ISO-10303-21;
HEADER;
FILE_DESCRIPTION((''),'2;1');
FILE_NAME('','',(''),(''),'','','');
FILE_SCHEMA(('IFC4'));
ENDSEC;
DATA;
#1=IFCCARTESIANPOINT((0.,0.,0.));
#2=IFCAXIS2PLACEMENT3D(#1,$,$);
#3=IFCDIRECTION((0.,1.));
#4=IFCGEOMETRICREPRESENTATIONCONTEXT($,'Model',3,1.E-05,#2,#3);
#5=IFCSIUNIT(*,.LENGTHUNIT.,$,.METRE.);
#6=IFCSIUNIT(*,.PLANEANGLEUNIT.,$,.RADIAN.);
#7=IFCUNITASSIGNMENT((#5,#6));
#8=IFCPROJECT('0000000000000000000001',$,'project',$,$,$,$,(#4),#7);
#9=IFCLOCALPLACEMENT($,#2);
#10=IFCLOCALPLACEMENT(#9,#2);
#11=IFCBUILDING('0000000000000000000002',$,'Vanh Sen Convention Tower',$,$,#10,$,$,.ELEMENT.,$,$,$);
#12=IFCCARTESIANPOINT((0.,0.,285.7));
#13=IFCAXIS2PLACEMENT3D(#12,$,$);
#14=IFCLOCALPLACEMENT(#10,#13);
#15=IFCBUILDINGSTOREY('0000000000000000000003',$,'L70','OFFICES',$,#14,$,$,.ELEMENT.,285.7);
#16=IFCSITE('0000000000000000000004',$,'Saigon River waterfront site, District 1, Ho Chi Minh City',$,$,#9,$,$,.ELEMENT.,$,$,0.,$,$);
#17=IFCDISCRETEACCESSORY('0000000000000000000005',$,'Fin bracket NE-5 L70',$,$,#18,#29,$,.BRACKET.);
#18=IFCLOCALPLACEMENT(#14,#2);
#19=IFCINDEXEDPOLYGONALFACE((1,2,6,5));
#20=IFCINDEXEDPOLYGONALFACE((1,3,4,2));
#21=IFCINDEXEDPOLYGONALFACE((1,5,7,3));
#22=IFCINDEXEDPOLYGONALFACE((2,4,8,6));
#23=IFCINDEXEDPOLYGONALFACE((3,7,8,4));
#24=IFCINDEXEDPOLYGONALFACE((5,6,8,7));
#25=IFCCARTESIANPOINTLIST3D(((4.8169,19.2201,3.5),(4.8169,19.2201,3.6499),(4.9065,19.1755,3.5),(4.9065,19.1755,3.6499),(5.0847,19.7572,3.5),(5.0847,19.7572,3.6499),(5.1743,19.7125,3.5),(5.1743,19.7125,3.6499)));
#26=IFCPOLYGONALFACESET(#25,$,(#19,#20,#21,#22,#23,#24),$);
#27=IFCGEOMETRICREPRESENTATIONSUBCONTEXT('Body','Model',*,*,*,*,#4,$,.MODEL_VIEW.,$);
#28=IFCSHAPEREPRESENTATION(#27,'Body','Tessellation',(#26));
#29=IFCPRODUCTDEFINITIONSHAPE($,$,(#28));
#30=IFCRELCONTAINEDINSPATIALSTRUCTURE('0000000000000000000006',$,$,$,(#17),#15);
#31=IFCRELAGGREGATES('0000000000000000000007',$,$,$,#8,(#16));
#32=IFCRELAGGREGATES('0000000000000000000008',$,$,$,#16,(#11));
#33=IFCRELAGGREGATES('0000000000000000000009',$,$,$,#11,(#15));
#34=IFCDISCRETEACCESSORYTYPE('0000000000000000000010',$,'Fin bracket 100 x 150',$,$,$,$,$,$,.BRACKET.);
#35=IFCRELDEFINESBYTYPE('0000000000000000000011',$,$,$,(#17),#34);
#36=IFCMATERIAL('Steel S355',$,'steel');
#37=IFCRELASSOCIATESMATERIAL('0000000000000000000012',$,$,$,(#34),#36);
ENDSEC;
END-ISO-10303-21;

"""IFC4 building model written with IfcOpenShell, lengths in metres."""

from ifc_helpers import new_model, si_unit, direction, frame, origin, origin_2d, place, context, subcontext, project, spatial, rectangle, extrude, material, type_object, element, save


model = new_model("IFC4")

# Units and contexts
model_context = context("Model", 3, precision=1e-05, world=origin(), true_north=direction((0.0, 1.0)))
body_context = subcontext(model_context, "Body", "Model", "MODEL_VIEW")
ifc_project = project(units=[si_unit("LENGTHUNIT", "METRE"), si_unit("PLANEANGLEUNIT", "RADIAN")], contexts=[model_context])

# Site, building, storey
site_placement = place(None, origin())
site = spatial("IfcSite", under=ifc_project, at=site_placement, Name="Saigon River waterfront site, District 1, Ho Chi Minh City", CompositionType="ELEMENT", RefElevation=0.0)
building_placement = place(site_placement, origin())
building = spatial("IfcBuilding", under=site, at=building_placement, Name="Vanh Sen Convention Tower", CompositionType="ELEMENT")
storey_placement = place(building_placement, frame((0.0, 0.0, 285.7)))
storey = spatial("IfcBuildingStorey", under=building, at=storey_placement, Name="L70", Description="OFFICES", CompositionType="ELEMENT", Elevation=285.7)

# Discrete accessory
ifc_material_1 = material(Name="Steel S355", Category="steel")
discrete_accessory_type = type_object("IfcDiscreteAccessoryType", Name="Fin bracket 100 x 150", PredefinedType="BRACKET", material=ifc_material_1)
discrete_accessory_placement = place(storey_placement, frame((4.9956, 19.4663, 3.5), z_axis=(0.0, 0.0, 1.0), x_axis=(0.446198, 0.894934, 0.0)))
element("IfcDiscreteAccessory", 1, at=discrete_accessory_placement, inside=storey, type_object=discrete_accessory_type, Name="Fin bracket NE-5 L70", PredefinedType="BRACKET", context=body_context, shape_type="SweptSolid", body=[
    extrude(rectangle(XDim=0.6001, YDim=0.1001, at=origin_2d()), origin(), (0.0, 0.0, 1.0), 0.1499),
])

save(model, "model.ifc")
